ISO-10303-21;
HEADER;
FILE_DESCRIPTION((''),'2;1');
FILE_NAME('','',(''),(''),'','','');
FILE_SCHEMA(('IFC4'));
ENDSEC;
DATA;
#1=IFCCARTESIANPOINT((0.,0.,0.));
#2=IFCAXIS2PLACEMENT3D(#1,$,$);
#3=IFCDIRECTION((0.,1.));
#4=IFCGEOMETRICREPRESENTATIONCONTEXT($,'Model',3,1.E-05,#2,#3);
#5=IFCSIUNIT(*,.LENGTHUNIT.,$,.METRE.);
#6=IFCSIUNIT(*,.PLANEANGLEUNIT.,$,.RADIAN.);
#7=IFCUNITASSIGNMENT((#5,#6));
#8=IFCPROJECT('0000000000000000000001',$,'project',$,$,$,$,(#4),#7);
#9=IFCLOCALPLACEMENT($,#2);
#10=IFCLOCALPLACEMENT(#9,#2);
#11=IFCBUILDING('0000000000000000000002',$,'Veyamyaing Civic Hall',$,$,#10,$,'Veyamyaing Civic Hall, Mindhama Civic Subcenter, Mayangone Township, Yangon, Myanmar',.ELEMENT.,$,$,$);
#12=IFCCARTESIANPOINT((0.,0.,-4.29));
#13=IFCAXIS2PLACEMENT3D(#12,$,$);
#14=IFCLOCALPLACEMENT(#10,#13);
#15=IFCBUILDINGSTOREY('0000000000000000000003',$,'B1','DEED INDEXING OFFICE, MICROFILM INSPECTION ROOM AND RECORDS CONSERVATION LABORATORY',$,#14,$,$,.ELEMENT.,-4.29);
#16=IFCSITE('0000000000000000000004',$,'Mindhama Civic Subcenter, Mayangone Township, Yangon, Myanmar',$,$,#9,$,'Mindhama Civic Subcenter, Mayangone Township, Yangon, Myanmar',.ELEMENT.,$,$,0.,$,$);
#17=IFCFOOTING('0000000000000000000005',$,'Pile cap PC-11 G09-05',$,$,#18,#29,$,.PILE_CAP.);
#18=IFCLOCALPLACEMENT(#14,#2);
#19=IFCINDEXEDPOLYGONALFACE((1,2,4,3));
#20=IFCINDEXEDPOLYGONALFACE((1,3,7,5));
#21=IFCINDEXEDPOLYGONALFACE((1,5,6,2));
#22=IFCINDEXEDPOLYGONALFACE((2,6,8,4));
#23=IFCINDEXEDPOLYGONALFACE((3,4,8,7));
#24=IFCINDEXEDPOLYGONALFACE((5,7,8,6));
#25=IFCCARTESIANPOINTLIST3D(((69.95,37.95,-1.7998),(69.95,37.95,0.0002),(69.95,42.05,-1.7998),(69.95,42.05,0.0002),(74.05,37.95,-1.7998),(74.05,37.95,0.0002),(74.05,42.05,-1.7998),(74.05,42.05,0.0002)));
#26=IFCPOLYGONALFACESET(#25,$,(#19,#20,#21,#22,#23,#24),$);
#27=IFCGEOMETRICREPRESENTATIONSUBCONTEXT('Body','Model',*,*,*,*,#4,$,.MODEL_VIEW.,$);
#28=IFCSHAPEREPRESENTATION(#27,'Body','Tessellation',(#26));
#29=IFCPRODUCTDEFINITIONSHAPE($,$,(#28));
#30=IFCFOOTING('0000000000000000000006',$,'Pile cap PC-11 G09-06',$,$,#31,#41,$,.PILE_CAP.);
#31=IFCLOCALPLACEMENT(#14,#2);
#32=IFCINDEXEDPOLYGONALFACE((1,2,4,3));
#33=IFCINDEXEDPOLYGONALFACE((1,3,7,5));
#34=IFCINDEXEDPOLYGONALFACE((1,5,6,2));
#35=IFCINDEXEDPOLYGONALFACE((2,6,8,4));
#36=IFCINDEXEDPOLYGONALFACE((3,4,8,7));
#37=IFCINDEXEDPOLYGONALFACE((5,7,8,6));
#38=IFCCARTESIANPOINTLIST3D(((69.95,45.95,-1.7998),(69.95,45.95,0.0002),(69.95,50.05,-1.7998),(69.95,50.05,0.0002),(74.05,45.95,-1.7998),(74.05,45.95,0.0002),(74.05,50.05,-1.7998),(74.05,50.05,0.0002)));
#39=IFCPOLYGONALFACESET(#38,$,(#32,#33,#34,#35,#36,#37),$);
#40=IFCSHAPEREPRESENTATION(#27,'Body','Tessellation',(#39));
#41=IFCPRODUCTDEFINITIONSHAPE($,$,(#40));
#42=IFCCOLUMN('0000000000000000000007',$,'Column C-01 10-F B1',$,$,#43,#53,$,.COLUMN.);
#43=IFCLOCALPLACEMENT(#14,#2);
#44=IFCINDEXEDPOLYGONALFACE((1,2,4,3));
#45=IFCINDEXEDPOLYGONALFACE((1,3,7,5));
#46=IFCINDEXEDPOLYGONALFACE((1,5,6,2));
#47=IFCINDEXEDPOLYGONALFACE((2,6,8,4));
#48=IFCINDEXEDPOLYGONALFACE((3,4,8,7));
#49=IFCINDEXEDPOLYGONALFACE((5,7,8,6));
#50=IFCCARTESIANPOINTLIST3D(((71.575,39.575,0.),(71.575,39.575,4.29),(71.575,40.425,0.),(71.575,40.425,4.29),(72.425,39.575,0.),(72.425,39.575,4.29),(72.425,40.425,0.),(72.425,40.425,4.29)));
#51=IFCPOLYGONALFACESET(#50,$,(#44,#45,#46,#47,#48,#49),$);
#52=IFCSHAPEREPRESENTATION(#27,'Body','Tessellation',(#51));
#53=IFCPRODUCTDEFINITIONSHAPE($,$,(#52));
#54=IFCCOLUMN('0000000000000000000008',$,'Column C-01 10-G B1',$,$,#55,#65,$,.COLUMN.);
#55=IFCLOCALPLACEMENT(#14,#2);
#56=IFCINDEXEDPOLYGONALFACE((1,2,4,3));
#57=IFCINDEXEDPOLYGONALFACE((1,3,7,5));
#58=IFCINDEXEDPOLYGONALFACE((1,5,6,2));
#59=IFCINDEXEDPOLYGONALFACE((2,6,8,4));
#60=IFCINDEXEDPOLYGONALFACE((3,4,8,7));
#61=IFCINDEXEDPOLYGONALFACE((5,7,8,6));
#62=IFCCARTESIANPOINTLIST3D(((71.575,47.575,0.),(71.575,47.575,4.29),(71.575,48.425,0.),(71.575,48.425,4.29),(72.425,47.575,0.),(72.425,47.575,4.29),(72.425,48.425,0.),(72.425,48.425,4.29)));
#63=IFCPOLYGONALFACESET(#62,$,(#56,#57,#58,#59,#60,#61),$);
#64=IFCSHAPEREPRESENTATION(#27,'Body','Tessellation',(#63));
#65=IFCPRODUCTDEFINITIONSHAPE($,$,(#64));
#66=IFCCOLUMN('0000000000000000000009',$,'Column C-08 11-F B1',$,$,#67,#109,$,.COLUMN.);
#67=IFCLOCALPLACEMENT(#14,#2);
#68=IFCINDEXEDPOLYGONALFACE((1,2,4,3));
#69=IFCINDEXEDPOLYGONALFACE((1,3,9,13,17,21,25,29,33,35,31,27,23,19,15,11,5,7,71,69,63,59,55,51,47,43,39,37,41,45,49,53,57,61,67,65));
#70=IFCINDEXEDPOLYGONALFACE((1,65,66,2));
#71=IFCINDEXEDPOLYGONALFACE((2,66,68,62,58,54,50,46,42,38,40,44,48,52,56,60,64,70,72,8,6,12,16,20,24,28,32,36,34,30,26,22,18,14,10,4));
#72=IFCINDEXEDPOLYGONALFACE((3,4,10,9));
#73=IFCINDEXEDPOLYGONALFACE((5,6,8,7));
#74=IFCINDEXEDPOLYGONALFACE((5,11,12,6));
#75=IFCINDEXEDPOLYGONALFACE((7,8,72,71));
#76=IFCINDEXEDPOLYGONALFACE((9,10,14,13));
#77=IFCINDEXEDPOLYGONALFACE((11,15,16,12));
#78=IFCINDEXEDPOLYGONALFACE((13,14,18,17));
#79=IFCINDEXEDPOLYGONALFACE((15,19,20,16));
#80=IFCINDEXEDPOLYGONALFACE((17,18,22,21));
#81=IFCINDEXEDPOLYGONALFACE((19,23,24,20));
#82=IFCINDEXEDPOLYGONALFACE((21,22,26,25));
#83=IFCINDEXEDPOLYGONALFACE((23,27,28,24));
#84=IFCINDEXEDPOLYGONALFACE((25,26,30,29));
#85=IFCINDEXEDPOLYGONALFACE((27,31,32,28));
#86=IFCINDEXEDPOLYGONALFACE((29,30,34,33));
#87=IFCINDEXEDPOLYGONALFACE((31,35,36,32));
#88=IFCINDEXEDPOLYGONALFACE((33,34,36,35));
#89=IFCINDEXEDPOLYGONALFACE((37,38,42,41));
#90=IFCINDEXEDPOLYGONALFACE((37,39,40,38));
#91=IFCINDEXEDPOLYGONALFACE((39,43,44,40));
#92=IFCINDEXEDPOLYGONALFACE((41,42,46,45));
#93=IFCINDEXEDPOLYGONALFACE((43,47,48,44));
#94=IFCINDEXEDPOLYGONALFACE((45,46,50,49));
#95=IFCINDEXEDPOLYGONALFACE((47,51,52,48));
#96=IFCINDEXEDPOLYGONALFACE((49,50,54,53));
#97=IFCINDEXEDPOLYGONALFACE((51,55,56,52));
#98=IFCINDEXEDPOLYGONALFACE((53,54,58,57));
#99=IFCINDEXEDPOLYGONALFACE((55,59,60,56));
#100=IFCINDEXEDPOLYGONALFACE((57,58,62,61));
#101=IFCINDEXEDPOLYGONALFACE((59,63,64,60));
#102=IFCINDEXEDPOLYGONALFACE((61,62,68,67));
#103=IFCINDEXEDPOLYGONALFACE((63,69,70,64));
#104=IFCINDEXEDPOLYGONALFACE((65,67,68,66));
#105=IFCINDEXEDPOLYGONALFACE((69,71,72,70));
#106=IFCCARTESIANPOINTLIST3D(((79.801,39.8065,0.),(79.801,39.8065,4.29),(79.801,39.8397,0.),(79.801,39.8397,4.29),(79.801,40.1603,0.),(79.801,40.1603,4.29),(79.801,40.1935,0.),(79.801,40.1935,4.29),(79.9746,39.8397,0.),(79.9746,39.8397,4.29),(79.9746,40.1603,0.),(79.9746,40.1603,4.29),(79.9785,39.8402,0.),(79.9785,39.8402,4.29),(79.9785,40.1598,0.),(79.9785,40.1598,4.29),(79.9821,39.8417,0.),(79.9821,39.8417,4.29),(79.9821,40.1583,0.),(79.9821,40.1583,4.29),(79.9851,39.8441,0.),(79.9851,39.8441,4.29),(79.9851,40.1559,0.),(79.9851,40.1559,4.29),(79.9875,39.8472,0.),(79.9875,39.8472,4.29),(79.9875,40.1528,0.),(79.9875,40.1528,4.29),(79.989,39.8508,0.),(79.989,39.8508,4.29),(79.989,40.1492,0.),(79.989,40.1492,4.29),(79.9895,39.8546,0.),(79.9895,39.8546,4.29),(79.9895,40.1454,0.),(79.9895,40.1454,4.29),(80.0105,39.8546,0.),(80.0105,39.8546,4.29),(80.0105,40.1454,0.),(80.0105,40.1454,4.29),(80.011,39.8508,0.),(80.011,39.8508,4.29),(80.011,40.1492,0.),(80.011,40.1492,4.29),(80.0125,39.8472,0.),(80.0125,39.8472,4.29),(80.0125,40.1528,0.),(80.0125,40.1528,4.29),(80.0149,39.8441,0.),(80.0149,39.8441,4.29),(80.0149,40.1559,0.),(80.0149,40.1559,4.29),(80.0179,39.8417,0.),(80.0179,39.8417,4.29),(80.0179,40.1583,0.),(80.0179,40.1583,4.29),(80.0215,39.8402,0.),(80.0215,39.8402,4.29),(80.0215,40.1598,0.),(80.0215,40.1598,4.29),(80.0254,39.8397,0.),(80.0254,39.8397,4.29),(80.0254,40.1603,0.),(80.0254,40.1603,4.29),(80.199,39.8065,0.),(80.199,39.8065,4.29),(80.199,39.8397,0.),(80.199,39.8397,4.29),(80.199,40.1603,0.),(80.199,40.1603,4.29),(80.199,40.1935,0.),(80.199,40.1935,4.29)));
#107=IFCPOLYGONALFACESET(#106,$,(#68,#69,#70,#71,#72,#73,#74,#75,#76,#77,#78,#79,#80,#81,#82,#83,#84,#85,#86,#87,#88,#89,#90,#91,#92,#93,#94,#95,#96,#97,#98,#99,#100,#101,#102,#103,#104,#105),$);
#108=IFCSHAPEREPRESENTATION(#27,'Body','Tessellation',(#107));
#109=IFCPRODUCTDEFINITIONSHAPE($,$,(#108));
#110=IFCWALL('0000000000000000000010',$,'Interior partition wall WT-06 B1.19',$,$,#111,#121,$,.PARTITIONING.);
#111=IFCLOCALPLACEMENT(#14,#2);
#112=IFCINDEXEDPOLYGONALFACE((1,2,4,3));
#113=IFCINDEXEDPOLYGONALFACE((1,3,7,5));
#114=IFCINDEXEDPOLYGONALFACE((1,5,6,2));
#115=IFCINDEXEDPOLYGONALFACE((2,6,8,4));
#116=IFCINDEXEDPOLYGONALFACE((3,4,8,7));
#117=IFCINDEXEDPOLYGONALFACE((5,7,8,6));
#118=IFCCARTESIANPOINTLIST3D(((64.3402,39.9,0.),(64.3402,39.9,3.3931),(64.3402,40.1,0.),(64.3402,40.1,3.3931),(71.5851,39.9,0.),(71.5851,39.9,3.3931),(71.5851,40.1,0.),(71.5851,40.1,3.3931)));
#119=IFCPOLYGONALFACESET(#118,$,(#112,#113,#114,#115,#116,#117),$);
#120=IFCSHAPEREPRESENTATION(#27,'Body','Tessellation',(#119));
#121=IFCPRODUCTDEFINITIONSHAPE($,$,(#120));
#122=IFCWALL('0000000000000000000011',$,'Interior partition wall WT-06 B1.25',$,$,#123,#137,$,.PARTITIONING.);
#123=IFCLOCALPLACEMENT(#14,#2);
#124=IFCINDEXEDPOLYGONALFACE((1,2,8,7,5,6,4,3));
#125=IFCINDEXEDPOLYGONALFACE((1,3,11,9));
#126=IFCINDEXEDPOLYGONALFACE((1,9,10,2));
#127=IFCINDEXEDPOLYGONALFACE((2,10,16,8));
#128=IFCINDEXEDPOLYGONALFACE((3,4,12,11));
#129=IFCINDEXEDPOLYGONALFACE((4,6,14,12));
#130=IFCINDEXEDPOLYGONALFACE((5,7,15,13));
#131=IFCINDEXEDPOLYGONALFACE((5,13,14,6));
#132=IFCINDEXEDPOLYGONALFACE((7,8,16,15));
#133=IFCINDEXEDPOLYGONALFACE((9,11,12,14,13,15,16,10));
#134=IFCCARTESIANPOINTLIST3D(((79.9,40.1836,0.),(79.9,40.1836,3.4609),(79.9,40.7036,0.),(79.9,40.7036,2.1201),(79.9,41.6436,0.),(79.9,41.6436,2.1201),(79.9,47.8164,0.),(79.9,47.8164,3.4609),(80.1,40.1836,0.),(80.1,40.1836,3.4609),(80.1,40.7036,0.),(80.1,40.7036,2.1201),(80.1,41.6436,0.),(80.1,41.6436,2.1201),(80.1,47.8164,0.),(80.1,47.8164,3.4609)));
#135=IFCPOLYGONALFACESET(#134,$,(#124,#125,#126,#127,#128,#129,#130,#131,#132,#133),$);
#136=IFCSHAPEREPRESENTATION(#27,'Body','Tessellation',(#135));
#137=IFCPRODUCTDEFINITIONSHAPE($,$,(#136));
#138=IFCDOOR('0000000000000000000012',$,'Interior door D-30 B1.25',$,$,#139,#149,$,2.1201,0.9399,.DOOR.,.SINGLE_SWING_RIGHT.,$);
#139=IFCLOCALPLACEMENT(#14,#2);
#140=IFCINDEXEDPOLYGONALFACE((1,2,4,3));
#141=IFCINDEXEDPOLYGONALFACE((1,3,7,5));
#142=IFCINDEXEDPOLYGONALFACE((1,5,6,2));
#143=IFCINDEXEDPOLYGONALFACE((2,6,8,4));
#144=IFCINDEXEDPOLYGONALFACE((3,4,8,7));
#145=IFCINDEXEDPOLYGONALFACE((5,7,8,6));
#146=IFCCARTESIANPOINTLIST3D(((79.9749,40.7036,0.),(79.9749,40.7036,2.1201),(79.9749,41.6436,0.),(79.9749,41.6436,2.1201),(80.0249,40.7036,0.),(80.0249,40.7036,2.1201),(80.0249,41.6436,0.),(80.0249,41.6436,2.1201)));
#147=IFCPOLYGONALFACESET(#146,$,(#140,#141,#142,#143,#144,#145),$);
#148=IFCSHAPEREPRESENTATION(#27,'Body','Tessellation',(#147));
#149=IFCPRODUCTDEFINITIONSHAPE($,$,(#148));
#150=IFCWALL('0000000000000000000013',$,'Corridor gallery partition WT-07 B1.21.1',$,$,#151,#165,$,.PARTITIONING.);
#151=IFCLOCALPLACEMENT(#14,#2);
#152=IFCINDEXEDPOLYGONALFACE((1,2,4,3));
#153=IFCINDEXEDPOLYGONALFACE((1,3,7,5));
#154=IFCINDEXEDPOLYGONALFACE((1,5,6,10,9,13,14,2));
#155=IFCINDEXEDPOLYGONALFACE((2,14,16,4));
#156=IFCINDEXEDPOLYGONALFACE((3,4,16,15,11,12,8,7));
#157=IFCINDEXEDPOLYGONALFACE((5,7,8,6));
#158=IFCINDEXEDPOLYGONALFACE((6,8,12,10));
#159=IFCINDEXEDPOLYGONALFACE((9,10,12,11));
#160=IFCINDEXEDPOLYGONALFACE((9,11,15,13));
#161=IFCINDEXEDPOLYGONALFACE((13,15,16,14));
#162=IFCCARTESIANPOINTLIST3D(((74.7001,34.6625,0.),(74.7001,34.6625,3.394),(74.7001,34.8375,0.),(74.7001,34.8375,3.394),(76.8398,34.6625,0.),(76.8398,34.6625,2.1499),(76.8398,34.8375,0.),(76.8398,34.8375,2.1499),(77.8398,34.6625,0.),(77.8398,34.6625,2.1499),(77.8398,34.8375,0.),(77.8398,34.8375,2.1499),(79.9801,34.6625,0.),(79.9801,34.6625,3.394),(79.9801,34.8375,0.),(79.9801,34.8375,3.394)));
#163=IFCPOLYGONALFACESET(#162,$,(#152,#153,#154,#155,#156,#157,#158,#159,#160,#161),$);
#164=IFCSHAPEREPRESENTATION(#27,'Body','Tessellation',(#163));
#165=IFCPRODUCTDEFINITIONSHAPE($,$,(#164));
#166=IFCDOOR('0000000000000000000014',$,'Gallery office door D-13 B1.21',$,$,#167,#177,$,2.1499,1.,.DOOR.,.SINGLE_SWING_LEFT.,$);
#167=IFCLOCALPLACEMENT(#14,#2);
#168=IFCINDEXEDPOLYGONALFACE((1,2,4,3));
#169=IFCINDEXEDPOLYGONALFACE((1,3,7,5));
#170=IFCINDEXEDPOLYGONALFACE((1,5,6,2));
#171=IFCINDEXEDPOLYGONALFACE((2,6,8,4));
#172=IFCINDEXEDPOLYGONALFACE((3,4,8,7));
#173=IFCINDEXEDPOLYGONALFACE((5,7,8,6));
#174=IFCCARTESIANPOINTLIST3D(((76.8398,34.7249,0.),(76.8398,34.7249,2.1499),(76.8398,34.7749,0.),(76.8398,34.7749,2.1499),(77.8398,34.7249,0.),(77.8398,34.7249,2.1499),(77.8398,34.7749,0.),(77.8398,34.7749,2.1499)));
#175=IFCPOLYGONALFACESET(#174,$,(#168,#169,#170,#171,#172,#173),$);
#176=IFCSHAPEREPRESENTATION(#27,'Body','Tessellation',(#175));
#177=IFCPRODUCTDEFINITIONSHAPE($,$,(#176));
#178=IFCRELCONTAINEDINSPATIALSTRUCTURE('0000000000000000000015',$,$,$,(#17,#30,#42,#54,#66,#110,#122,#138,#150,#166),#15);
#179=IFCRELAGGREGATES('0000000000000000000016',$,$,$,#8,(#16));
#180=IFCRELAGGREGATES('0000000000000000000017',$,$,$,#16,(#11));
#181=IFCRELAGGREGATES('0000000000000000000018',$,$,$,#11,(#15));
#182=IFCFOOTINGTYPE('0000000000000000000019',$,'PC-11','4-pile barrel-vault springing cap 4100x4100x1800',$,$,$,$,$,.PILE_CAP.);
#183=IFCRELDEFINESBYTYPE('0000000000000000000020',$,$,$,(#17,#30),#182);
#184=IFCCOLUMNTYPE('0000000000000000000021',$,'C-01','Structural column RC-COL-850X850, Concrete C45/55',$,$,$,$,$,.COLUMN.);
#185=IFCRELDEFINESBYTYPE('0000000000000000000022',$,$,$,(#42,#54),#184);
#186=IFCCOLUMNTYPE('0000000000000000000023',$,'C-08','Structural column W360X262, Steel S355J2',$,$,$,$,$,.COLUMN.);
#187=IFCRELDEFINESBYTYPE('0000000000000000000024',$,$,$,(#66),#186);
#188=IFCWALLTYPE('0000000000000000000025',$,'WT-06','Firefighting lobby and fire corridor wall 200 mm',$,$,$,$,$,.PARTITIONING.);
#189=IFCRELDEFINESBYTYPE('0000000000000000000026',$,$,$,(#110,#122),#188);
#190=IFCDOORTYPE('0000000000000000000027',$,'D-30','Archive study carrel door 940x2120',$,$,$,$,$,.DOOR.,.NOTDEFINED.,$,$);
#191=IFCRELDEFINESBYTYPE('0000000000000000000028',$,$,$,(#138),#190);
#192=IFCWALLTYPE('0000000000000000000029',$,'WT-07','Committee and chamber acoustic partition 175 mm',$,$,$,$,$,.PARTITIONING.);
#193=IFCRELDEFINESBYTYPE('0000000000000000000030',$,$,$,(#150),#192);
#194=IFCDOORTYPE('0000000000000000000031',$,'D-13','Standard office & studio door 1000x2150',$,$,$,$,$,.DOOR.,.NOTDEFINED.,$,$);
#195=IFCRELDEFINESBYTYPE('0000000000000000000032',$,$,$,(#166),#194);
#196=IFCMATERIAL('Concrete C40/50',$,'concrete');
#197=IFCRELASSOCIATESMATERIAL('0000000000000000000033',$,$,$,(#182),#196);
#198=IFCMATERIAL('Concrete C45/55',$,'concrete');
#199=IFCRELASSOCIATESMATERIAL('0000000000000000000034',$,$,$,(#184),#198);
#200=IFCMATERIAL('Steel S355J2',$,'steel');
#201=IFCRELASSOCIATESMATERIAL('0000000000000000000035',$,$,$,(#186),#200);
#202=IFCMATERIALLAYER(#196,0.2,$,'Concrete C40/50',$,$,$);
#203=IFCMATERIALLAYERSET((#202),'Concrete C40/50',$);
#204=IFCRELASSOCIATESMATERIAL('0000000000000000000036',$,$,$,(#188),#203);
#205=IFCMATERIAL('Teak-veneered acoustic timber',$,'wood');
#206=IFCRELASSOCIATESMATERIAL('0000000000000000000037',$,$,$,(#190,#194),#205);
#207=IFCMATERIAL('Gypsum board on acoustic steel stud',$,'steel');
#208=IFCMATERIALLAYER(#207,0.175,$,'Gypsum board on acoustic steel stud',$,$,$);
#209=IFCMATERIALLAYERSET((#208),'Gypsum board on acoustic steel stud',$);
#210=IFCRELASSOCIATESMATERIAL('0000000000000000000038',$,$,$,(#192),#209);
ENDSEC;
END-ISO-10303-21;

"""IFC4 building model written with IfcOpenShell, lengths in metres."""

from ifc_helpers import new_model, si_unit, direction, frame, frame_2d, origin, origin_2d, place, context, subcontext, project, spatial, rectangle, i_section, extrude, material, layer, layer_set, material_profile, profile_set, type_object, element, fill, save


model = new_model("IFC4")

# Units and contexts
model_context = context("Model", 3, precision=1e-05, world=origin(), true_north=direction((0.0, 1.0)))
body_context = subcontext(model_context, "Body", "Model", "MODEL_VIEW")
ifc_project = project(units=[si_unit("LENGTHUNIT", "METRE"), si_unit("PLANEANGLEUNIT", "RADIAN")], contexts=[model_context])

# Site, building, storey
site_placement = place(None, origin())
site = spatial("IfcSite", under=ifc_project, at=site_placement, Name="Mindhama Civic Subcenter, Mayangone Township, Yangon, Myanmar", LongName="Mindhama Civic Subcenter, Mayangone Township, Yangon, Myanmar", CompositionType="ELEMENT", RefElevation=0.0)
building_placement = place(site_placement, origin())
building = spatial("IfcBuilding", under=site, at=building_placement, Name="Veyamyaing Civic Hall", LongName="Veyamyaing Civic Hall, Mindhama Civic Subcenter, Mayangone Township, Yangon, Myanmar", CompositionType="ELEMENT")
storey_placement = place(building_placement, frame((0.0, 0.0, -4.29)))
storey = spatial("IfcBuildingStorey", under=building, at=storey_placement, Name="B1", Description="DEED INDEXING OFFICE, MICROFILM INSPECTION ROOM AND RECORDS CONSERVATION LABORATORY", CompositionType="ELEMENT", Elevation=-4.29)

# Shared definitions
ifc_material_1 = material(Name="Concrete C40/50", Category="concrete")

# Footings
footing_type_1 = type_object("IfcFootingType", Name="PC-11", Description="4-pile barrel-vault springing cap 4100x4100x1800", PredefinedType="PILE_CAP", material=ifc_material_1)
for number, where, z_axis, x_axis, name in (
    (1, (72.0, 40.0, -1.7998), (0.0, 0.0, 1.0), (1.0, 0.0, 0.0), "Pile cap PC-11 G09-05"),
    (2, (72.0, 48.0, -1.7998), (0.0, 0.0, 1.0), (1.0, 0.0, 0.0), "Pile cap PC-11 G09-06"),
):
    element("IfcFooting", number, at=place(storey_placement, frame(where, z_axis=z_axis, x_axis=x_axis)), inside=storey, type_object=footing_type_1, Name=name, PredefinedType="PILE_CAP", context=body_context, shape_type="SweptSolid", body=[
        extrude(rectangle(XDim=4.1001, YDim=4.1001, at=origin_2d()), origin(), (0.0, 0.0, 1.0), 1.8),
    ])

# Columns
ifc_material_2 = material(Name="Concrete C45/55", Category="concrete")
ifc_material_profile_1 = material_profile(ifc_material_2, rectangle(XDim=0.8501, YDim=0.8501, at=origin_2d()), Name="RC-COL-850X850")
ifc_profile_set_1 = profile_set([ifc_material_profile_1], Name="Concrete C45/55")
column_type_1 = type_object("IfcColumnType", Name="C-01", Description="Structural column RC-COL-850X850, Concrete C45/55", PredefinedType="COLUMN", material=ifc_profile_set_1)
for number, where, z_axis, x_axis, name in (
    (3, (72.0, 40.0, 0.0), (0.0, 0.0, 1.0), (1.0, 0.0, 0.0), "Column C-01 10-F B1"),
    (4, (72.0, 48.0, 0.0), (0.0, 0.0, 1.0), (1.0, 0.0, 0.0), "Column C-01 10-G B1"),
):
    element("IfcColumn", number, at=place(storey_placement, frame(where, z_axis=z_axis, x_axis=x_axis)), inside=storey, type_object=column_type_1, Name=name, PredefinedType="COLUMN", context=body_context, shape_type="SweptSolid", body=[
        extrude(rectangle(XDim=0.8501, YDim=0.8501, at=origin_2d()), origin(), (0.0, 0.0, 1.0), 4.29),
    ])
ifc_material_3 = material(Name="Steel S355J2", Category="steel")
ifc_material_profile_2 = material_profile(ifc_material_3, i_section(OverallWidth=0.3979, OverallDepth=0.387, WebThickness=0.021, FlangeThickness=0.0332, FilletRadius=0.0149, at=origin_2d()), Name="W360X262")
ifc_profile_set_2 = profile_set([ifc_material_profile_2], Name="Steel S355J2")
column_type_2 = type_object("IfcColumnType", Name="C-08", Description="Structural column W360X262, Steel S355J2", PredefinedType="COLUMN", material=ifc_profile_set_2)
column_placement = place(storey_placement, frame((80.0, 40.0, 0.0), z_axis=(0.0, 0.0, 1.0), x_axis=(1.0, 0.0, 0.0)))
element("IfcColumn", 5, at=column_placement, inside=storey, type_object=column_type_2, Name="Column C-08 11-F B1", PredefinedType="COLUMN", context=body_context, shape_type="SweptSolid", body=[
    extrude(i_section(OverallWidth=0.3979, OverallDepth=0.387, WebThickness=0.021, FlangeThickness=0.0332, FilletRadius=0.0149, at=origin_2d()), origin(), (0.0, 0.0, 1.0), 4.29),
])

# Wall
ifc_layer_1 = layer(ifc_material_1, 0.2, Name="Concrete C40/50")
ifc_layer_set_1 = layer_set([ifc_layer_1], Name="Concrete C40/50")
wall_type_1 = type_object("IfcWallType", Name="WT-06", Description="Firefighting lobby and fire corridor wall 200 mm", PredefinedType="PARTITIONING", material=ifc_layer_set_1)
wall_1_placement = place(storey_placement, frame((64.3401, 40.0, 0.0), z_axis=(0.0, 0.0, 1.0), x_axis=(1.0, 0.0, 0.0)))
element("IfcWall", 6, at=wall_1_placement, inside=storey, type_object=wall_type_1, Name="Interior partition wall WT-06 B1.19", PredefinedType="PARTITIONING", context=body_context, shape_type="SweptSolid", body=[
    extrude(rectangle(XDim=7.2449, YDim=0.2, at=frame_2d((3.6226, 0.0))), origin(), (0.0, 0.0, 1.0), 3.3931),
])

# Walls, openings, doors
wall_2_placement = place(storey_placement, frame((80.0, 40.1836, 0.0), z_axis=(0.0, 0.0, 1.0), x_axis=(0.0, 1.0, 0.0)))
wall_2 = element("IfcWall", 7, at=wall_2_placement, inside=storey, type_object=wall_type_1, Name="Interior partition wall WT-06 B1.25", PredefinedType="PARTITIONING", context=body_context, shape_type="SweptSolid", body=[
    extrude(rectangle(XDim=7.6328, YDim=0.2, at=frame_2d((3.8164, 0.0))), origin(), (0.0, 0.0, 1.0), 3.4609),
])
opening_1_placement = place(wall_2_placement, frame((0.52, 0.0, 0.0)))
opening_1 = element("IfcOpeningElement", 8, at=opening_1_placement, cuts=wall_2, PredefinedType="OPENING", context=body_context, shape_type="SweptSolid", body=[
    extrude(rectangle(XDim=0.9399, YDim=2.1201, at=frame_2d((0.47, 1.0601))), frame((0.0, 0.1099, 0.0), z_axis=(0.0, -1.0, 0.0), x_axis=(1.0, 0.0, 0.0)), (0.0, 0.0, 1.0), 0.22),
])
ifc_material_4 = material(Name="Teak-veneered acoustic timber", Category="wood")
door_type_1 = type_object("IfcDoorType", Name="D-30", Description="Archive study carrel door 940x2120", OperationType="NOTDEFINED", PredefinedType="DOOR", material=ifc_material_4)
door_1_placement = place(opening_1_placement, frame((0.9399, 0.0, 0.0), z_axis=(0.0, 0.0, 1.0), x_axis=(-1.0, 0.0, 0.0)))
door_1 = element("IfcDoor", 9, at=door_1_placement, inside=storey, type_object=door_type_1, Name="Interior door D-30 B1.25", OperationType="SINGLE_SWING_RIGHT", OverallHeight=2.1201, OverallWidth=0.9399, PredefinedType="DOOR", context=body_context, shape_type="SweptSolid", body=[
    extrude(rectangle(XDim=0.9399, YDim=2.1201, at=frame_2d((0.47, 1.0601))), frame((0.0, 0.0249, 0.0), z_axis=(0.0, -1.0, 0.0), x_axis=(1.0, 0.0, 0.0)), (0.0, 0.0, 1.0), 0.05),
])
fill(opening_1, door_1)
ifc_material_5 = material(Name="Gypsum board on acoustic steel stud", Category="steel")
ifc_layer_2 = layer(ifc_material_5, 0.175, Name="Gypsum board on acoustic steel stud")
ifc_layer_set_2 = layer_set([ifc_layer_2], Name="Gypsum board on acoustic steel stud")
wall_type_2 = type_object("IfcWallType", Name="WT-07", Description="Committee and chamber acoustic partition 175 mm", PredefinedType="PARTITIONING", material=ifc_layer_set_2)
wall_3_placement = place(storey_placement, frame((74.7, 34.75, 0.0), z_axis=(0.0, 0.0, 1.0), x_axis=(1.0, 0.0, 0.0)))
wall_3 = element("IfcWall", 10, at=wall_3_placement, inside=storey, type_object=wall_type_2, Name="Corridor gallery partition WT-07 B1.21.1", PredefinedType="PARTITIONING", context=body_context, shape_type="SweptSolid", body=[
    extrude(rectangle(XDim=5.28, YDim=0.175, at=frame_2d((2.6401, 0.0))), origin(), (0.0, 0.0, 1.0), 3.394),
])
opening_2_placement = place(wall_3_placement, frame((2.1399, 0.0, 0.0)))
opening_2 = element("IfcOpeningElement", 11, at=opening_2_placement, cuts=wall_3, PredefinedType="OPENING", context=body_context, shape_type="SweptSolid", body=[
    extrude(rectangle(XDim=1.0, YDim=2.1499, at=frame_2d((0.5, 1.075))), frame((0.0, 0.0974, 0.0), z_axis=(0.0, -1.0, 0.0), x_axis=(1.0, 0.0, 0.0)), (0.0, 0.0, 1.0), 0.1951),
])
door_type_2 = type_object("IfcDoorType", Name="D-13", Description="Standard office & studio door 1000x2150", OperationType="NOTDEFINED", PredefinedType="DOOR", material=ifc_material_4)
door_2_placement = place(opening_2_placement, origin())
door_2 = element("IfcDoor", 12, at=door_2_placement, inside=storey, type_object=door_type_2, Name="Gallery office door D-13 B1.21", OperationType="SINGLE_SWING_LEFT", OverallHeight=2.1499, OverallWidth=1.0, PredefinedType="DOOR", context=body_context, shape_type="SweptSolid", body=[
    extrude(rectangle(XDim=1.0, YDim=2.1499, at=frame_2d((0.5, 1.075))), frame((0.0, 0.0249, 0.0), z_axis=(0.0, -1.0, 0.0), x_axis=(1.0, 0.0, 0.0)), (0.0, 0.0, 1.0), 0.05),
])
fill(opening_2, door_2)

save(model, "model.ifc")
